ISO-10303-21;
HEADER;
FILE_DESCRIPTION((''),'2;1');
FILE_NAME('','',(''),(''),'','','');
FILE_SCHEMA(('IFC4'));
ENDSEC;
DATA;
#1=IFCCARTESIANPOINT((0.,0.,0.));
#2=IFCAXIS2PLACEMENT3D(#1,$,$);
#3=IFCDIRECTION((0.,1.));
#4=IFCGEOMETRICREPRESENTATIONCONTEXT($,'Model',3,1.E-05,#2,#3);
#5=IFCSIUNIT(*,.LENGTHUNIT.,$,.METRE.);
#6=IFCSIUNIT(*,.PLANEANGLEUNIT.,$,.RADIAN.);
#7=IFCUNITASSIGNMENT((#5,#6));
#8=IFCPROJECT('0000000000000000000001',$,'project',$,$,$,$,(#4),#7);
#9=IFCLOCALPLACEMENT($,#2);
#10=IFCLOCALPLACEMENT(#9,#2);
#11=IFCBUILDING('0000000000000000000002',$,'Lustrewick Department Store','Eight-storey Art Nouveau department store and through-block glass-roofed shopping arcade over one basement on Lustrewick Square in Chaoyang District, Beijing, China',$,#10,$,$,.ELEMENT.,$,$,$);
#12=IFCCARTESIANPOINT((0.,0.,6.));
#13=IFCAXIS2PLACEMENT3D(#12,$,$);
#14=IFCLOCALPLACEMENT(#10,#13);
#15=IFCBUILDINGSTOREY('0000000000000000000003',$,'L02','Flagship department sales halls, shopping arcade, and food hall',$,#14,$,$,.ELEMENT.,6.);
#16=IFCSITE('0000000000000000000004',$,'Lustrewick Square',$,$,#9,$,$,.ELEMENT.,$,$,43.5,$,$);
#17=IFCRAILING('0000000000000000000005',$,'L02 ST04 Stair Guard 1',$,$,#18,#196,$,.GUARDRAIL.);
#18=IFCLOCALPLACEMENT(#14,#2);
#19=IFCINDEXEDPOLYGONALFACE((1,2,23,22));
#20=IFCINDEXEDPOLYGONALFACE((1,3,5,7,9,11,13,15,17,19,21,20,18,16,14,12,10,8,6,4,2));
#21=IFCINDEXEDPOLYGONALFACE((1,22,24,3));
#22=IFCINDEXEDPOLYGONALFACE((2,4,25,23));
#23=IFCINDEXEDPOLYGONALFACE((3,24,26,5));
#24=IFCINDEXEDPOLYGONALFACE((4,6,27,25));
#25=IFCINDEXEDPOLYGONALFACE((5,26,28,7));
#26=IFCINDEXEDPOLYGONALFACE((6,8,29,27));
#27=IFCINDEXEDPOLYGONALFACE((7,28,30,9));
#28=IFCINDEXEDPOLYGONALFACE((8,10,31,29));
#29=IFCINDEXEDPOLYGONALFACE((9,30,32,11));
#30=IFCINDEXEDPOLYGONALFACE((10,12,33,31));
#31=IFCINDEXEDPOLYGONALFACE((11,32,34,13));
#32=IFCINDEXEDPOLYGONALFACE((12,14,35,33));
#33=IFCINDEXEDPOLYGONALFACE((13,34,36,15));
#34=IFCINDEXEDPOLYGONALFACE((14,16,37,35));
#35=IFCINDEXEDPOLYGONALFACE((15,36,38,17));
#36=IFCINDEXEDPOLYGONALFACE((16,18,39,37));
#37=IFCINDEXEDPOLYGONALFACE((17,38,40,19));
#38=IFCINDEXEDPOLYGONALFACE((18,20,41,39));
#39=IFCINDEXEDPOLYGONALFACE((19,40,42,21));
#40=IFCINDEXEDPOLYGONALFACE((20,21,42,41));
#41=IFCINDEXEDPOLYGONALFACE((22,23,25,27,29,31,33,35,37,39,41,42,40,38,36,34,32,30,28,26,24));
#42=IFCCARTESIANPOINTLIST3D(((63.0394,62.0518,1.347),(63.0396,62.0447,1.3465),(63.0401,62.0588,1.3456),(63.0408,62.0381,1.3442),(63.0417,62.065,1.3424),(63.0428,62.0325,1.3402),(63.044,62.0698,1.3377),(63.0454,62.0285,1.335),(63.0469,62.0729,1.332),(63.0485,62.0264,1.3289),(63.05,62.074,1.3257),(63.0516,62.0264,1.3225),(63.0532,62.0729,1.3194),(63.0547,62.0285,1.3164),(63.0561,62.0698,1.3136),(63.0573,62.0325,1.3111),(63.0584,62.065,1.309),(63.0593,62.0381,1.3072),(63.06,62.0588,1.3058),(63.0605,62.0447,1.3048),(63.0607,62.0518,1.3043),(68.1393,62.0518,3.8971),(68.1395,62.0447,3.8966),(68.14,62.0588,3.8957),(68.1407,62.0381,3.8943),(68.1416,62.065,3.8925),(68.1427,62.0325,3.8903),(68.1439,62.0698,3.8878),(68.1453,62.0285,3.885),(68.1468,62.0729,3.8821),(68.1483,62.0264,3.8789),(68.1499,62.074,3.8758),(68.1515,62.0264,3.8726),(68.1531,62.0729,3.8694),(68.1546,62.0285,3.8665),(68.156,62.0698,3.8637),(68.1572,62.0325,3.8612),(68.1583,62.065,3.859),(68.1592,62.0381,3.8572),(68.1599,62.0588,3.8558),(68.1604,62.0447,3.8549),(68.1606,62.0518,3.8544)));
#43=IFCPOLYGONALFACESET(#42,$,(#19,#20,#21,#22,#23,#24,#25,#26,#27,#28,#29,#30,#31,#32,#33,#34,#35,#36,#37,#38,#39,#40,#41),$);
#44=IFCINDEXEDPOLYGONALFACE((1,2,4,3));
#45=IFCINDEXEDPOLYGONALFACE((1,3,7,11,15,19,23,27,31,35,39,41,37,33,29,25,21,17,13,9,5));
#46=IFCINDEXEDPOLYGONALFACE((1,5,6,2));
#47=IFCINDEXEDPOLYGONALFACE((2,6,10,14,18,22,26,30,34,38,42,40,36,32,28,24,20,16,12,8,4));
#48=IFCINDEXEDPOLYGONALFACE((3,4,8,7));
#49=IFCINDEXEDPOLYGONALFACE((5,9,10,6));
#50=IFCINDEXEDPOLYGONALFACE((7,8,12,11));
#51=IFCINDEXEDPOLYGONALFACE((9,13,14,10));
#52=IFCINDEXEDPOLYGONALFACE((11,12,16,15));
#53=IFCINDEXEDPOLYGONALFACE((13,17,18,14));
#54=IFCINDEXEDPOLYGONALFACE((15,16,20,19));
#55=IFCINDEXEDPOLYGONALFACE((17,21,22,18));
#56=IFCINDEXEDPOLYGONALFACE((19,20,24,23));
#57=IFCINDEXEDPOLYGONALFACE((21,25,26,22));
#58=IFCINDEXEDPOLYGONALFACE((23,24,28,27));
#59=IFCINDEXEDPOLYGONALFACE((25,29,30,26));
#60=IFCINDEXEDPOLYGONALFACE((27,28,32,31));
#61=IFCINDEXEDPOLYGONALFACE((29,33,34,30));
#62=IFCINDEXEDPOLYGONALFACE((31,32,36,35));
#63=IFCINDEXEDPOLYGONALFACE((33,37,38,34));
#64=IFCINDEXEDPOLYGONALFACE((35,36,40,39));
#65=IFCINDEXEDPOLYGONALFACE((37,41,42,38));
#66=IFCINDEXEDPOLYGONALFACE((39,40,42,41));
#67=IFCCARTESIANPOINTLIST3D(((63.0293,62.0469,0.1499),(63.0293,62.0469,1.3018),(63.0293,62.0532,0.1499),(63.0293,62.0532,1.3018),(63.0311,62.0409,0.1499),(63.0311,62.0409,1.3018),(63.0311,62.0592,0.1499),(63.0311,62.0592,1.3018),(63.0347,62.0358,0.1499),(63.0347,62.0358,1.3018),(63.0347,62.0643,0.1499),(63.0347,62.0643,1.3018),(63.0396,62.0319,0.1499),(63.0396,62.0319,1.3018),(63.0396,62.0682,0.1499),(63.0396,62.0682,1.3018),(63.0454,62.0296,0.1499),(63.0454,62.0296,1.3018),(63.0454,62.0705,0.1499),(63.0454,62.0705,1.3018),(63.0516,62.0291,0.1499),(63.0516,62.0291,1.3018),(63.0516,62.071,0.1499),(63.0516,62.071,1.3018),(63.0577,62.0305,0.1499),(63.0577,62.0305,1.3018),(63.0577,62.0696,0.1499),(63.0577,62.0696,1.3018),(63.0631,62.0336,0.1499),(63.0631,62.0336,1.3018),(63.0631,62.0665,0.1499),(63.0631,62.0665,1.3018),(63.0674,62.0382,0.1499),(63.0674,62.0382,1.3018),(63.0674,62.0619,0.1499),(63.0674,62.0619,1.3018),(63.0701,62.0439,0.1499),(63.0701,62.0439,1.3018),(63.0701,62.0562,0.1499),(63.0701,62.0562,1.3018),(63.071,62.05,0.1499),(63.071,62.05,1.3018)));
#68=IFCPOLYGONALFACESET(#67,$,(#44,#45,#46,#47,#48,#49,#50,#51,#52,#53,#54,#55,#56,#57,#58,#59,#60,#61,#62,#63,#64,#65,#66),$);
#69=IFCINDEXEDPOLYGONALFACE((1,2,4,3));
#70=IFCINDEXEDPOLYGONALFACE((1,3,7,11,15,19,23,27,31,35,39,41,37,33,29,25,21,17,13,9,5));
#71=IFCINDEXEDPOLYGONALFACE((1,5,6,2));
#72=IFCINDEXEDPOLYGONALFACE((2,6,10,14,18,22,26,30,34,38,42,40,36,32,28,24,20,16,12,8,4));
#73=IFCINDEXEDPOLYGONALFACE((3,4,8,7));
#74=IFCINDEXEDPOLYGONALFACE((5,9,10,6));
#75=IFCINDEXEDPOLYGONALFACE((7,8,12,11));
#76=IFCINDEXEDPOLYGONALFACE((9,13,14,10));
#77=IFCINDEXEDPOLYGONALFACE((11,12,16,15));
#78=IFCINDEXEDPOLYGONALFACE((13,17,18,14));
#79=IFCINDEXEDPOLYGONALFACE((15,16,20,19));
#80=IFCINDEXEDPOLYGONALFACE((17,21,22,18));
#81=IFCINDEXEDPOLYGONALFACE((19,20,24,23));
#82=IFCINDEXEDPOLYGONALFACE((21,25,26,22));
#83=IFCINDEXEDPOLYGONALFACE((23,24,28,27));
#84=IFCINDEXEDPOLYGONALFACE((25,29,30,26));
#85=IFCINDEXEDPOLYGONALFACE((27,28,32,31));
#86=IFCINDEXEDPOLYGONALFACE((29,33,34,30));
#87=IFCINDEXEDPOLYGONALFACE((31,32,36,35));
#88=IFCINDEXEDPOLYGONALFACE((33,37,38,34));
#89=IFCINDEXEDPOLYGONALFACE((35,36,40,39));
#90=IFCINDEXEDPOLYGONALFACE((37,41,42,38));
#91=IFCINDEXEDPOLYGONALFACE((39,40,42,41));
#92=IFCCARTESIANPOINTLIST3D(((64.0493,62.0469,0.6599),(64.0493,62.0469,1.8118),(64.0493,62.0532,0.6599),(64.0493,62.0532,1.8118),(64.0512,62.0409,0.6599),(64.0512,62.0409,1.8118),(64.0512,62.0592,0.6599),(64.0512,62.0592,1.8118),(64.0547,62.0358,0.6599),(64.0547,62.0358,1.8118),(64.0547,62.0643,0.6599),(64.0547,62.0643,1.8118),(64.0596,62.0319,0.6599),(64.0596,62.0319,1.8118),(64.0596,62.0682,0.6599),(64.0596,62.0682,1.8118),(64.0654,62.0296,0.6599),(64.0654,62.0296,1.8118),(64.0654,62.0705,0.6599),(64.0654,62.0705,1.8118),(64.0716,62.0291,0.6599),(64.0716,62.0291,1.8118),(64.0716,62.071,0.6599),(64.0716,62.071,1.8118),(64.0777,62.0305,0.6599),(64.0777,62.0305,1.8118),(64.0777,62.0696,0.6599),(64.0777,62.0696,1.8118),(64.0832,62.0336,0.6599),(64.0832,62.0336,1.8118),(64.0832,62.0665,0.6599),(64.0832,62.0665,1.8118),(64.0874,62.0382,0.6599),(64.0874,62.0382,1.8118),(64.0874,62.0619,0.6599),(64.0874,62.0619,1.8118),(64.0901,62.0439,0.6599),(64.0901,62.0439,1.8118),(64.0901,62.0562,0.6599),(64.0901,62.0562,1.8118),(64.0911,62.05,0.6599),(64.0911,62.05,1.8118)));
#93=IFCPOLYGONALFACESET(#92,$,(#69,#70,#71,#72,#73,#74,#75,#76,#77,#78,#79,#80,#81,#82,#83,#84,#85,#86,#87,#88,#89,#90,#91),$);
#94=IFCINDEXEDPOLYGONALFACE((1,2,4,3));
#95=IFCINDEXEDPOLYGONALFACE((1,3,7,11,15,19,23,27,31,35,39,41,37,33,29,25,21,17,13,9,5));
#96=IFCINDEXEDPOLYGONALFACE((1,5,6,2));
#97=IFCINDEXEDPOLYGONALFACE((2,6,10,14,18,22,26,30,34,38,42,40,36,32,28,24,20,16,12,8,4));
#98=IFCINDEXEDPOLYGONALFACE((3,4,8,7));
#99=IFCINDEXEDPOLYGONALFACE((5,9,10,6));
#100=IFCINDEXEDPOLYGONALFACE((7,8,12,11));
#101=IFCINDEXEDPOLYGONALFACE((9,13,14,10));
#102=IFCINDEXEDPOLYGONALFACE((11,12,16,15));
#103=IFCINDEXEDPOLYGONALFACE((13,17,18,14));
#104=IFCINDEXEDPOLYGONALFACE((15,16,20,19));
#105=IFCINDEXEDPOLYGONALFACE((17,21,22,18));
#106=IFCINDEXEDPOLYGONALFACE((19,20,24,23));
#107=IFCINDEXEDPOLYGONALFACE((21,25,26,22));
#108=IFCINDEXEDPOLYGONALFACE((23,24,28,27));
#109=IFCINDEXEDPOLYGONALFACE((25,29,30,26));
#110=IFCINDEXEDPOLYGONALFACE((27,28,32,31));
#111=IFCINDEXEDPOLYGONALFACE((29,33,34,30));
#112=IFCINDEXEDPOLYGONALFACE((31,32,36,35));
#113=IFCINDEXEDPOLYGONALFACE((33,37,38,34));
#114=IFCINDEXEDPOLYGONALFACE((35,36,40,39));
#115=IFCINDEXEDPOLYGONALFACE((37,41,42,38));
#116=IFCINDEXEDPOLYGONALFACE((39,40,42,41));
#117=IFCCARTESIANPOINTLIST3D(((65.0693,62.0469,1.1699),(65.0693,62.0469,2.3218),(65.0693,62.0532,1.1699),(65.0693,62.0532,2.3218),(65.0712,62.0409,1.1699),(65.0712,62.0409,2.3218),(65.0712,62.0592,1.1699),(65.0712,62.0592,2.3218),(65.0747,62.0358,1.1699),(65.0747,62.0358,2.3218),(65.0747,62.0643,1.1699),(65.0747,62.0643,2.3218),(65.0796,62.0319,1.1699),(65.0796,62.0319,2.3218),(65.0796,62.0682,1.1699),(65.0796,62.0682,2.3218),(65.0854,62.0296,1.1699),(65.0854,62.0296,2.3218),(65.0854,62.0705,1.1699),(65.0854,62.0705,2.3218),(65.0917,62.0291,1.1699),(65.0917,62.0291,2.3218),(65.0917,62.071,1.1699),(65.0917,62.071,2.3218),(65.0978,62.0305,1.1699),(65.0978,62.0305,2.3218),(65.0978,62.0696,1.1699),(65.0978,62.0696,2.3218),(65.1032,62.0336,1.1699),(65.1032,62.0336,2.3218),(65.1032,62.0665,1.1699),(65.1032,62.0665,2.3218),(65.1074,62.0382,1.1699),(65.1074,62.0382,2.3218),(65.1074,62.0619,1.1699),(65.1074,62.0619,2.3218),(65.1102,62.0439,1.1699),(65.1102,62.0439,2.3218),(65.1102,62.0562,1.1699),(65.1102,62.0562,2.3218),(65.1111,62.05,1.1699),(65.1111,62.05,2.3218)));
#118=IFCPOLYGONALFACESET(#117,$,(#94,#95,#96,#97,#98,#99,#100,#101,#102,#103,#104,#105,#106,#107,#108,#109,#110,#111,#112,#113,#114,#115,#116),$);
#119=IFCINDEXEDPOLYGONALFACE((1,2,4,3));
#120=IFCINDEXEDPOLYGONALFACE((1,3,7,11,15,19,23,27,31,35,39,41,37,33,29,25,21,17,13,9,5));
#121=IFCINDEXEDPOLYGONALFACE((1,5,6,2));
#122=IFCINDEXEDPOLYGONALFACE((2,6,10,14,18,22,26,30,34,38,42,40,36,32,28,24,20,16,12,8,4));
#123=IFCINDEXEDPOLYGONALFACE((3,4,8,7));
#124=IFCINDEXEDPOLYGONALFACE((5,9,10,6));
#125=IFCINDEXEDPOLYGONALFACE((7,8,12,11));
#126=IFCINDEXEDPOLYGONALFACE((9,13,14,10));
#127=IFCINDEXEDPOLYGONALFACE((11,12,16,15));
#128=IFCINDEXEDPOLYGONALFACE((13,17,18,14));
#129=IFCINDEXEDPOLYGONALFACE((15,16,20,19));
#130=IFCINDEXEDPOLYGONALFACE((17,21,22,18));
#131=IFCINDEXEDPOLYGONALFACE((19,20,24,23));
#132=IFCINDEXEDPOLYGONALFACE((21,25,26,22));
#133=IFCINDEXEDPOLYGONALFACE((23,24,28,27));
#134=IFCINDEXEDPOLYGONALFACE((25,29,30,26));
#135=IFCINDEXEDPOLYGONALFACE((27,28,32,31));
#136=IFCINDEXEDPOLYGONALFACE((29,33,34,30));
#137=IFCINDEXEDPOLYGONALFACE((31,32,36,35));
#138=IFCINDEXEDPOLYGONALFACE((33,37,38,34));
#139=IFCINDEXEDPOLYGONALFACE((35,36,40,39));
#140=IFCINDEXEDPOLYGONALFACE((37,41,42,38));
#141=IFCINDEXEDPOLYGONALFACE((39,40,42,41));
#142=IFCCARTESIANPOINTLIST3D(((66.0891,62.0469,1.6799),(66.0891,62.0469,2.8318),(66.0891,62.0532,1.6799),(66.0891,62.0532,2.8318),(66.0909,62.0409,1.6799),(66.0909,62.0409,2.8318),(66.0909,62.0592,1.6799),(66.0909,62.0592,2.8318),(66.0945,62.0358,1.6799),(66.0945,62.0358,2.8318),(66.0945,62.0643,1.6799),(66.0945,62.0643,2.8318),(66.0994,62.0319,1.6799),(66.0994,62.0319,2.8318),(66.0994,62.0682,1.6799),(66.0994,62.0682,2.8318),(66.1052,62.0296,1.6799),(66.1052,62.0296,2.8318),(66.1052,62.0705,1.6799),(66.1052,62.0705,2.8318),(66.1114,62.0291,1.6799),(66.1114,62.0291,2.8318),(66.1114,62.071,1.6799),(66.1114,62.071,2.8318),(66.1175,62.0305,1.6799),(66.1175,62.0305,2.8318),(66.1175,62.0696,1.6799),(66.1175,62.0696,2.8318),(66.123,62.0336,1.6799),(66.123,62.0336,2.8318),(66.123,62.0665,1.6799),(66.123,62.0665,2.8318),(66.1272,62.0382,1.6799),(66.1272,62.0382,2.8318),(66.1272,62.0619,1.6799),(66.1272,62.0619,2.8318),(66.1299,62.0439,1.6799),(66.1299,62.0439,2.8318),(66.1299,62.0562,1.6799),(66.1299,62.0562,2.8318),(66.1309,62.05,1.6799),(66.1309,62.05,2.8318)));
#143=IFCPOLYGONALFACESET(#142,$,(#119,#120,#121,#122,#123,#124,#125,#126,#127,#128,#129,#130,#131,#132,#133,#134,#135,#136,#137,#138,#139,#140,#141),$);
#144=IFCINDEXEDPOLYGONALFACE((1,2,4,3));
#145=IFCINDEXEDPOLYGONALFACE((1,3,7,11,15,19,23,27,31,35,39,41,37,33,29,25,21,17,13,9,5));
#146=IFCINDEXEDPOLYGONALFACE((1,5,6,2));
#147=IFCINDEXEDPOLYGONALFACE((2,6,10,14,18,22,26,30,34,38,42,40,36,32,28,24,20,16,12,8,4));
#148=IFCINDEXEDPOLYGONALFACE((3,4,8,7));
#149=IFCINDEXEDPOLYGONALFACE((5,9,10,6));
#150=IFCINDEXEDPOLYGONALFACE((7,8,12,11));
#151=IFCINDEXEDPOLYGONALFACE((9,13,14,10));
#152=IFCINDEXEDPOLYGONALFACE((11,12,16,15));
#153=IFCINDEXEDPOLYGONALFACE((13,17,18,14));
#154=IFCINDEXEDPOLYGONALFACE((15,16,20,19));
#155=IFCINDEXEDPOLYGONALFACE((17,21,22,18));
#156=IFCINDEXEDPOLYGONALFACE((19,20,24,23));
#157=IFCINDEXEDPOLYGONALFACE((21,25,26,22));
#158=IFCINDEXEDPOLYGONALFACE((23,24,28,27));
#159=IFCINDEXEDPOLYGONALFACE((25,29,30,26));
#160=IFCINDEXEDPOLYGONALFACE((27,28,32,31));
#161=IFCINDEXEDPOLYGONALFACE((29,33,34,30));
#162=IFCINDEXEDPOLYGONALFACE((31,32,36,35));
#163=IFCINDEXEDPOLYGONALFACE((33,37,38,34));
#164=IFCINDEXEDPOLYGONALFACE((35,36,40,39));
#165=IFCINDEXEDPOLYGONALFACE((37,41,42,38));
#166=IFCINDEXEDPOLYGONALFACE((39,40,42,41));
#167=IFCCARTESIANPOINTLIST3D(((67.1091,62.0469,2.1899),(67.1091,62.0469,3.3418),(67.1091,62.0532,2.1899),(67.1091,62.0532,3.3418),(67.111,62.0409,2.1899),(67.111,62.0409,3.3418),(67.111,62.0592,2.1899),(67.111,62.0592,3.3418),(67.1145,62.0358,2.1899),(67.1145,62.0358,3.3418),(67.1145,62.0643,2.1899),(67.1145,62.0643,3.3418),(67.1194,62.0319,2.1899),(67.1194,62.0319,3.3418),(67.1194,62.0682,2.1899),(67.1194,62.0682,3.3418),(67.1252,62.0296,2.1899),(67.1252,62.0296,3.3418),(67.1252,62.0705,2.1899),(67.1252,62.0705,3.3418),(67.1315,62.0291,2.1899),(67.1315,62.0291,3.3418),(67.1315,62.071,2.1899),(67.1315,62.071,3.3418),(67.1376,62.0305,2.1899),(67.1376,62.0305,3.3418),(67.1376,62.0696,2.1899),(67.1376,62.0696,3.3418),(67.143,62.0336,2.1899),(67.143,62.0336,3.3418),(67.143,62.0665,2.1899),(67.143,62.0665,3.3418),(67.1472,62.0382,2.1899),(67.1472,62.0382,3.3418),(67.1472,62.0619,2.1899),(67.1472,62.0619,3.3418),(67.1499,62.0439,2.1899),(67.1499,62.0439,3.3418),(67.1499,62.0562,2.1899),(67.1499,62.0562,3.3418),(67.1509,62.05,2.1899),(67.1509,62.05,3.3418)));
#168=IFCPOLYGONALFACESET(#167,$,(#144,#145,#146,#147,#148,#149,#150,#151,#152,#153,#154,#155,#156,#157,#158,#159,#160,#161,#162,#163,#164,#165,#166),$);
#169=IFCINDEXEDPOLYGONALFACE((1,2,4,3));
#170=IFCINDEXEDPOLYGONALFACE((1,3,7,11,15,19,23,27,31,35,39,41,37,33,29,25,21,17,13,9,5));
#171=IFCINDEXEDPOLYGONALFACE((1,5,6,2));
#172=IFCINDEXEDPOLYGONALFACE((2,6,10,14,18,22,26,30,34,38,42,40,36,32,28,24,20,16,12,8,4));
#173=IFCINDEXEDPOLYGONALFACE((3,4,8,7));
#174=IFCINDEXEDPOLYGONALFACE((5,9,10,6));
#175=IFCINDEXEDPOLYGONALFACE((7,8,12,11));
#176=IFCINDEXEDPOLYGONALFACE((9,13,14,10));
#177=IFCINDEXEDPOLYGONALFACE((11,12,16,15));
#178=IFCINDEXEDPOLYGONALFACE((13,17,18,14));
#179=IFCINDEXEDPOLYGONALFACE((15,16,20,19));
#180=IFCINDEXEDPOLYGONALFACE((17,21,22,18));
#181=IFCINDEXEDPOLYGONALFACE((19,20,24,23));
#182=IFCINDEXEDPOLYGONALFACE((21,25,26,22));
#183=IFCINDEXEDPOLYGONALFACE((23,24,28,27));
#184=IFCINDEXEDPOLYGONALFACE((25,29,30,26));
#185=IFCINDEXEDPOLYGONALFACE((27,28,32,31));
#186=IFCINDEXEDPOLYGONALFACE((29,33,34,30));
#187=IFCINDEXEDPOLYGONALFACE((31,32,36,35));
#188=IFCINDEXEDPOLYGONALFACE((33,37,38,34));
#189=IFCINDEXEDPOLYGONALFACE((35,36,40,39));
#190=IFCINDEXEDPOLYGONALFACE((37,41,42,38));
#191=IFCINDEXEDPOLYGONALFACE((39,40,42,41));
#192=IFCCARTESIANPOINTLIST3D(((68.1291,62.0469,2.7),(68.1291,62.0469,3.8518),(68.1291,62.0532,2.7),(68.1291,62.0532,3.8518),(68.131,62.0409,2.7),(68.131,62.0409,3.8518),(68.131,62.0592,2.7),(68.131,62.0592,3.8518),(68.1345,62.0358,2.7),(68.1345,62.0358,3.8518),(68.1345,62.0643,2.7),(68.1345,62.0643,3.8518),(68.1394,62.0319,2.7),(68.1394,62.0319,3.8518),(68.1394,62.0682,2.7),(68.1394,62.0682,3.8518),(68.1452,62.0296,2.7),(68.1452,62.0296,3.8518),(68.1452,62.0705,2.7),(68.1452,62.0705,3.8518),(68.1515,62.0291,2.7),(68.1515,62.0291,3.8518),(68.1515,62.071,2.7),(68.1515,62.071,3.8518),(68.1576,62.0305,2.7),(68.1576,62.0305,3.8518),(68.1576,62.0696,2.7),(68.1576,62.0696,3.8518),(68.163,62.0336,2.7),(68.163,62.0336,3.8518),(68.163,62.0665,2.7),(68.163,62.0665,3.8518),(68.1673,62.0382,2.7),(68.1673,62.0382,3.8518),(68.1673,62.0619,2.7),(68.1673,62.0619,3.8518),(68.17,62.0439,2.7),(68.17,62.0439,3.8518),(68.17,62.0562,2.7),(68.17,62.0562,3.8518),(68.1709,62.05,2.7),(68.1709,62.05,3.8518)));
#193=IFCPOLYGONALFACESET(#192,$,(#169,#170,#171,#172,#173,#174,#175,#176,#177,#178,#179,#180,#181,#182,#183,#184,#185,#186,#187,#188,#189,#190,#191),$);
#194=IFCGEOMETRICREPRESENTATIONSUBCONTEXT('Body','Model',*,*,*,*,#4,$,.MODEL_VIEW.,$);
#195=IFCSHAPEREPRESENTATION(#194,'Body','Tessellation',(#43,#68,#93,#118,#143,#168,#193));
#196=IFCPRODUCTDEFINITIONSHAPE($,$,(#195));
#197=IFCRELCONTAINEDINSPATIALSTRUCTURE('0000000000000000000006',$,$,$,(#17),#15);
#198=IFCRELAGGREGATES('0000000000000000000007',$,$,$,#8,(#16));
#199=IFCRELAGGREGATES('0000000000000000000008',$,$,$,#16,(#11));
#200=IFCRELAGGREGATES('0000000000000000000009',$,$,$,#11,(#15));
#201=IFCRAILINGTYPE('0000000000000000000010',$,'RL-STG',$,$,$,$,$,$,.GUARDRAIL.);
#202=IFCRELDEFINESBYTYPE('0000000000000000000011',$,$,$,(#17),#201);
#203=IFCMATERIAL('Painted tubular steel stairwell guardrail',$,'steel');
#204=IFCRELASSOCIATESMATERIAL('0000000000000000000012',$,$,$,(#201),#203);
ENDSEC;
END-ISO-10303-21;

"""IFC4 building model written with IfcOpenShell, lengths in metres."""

from ifc_helpers import new_model, si_unit, direction, frame, origin, origin_2d, place, context, subcontext, project, spatial, circle, extrude, material, type_object, element, save


model = new_model("IFC4")

# Units and contexts
model_context = context("Model", 3, precision=1e-05, world=origin(), true_north=direction((0.0, 1.0)))
body_context = subcontext(model_context, "Body", "Model", "MODEL_VIEW")
ifc_project = project(units=[si_unit("LENGTHUNIT", "METRE"), si_unit("PLANEANGLEUNIT", "RADIAN")], contexts=[model_context])

# Site, building, storey
site_placement = place(None, origin())
site = spatial("IfcSite", under=ifc_project, at=site_placement, Name="Lustrewick Square", CompositionType="ELEMENT", RefElevation=43.5)
building_placement = place(site_placement, origin())
building = spatial("IfcBuilding", under=site, at=building_placement, Name="Lustrewick Department Store", Description="Eight-storey Art Nouveau department store and through-block glass-roofed shopping arcade over one basement on Lustrewick Square in Chaoyang District, Beijing, China", CompositionType="ELEMENT")
storey_placement = place(building_placement, frame((0.0, 0.0, 6.0)))
storey = spatial("IfcBuildingStorey", under=building, at=storey_placement, Name="L02", Description="Flagship department sales halls, shopping arcade, and food hall", CompositionType="ELEMENT", Elevation=6.0)

# Railing
ifc_material_1 = material(Name="Painted tubular steel stairwell guardrail", Category="steel")
railing_type_1 = type_object("IfcRailingType", Name="RL-STG", PredefinedType="GUARDRAIL", material=ifc_material_1)
railing_1_placement = place(storey_placement, frame((63.05, 62.05, 0.1499)))
element("IfcRailing", 1, at=railing_1_placement, inside=storey, type_object=railing_type_1, Name="L02 ST04 Stair Guard 1", PredefinedType="GUARDRAIL", context=body_context, shape_type="SweptSolid", body=[
    extrude(circle(Radius=0.0239, at=origin_2d()), frame((0.0, 0.0, 1.1758), z_axis=(0.894419, 0.0, 0.447231), x_axis=(0.0, 1.0, 0.0)), (0.0, 0.0, 1.0), 5.7019),
    extrude(circle(Radius=0.021, at=origin_2d()), origin(), (0.0, 0.0, 1.0), 1.1519),
    extrude(circle(Radius=0.021, at=origin_2d()), frame((1.02, 0.0, 0.51)), (0.0, 0.0, 1.0), 1.1519),
    extrude(circle(Radius=0.021, at=origin_2d()), frame((2.04, 0.0, 1.02)), (0.0, 0.0, 1.0), 1.1519),
    extrude(circle(Radius=0.021, at=origin_2d()), frame((3.0598, 0.0, 1.53)), (0.0, 0.0, 1.0), 1.1519),
    extrude(circle(Radius=0.021, at=origin_2d()), frame((4.0798, 0.0, 2.04)), (0.0, 0.0, 1.0), 1.1519),
    extrude(circle(Radius=0.021, at=origin_2d()), frame((5.0999, 0.0, 2.55)), (0.0, 0.0, 1.0), 1.1519),
])

save(model, "model.ifc")
